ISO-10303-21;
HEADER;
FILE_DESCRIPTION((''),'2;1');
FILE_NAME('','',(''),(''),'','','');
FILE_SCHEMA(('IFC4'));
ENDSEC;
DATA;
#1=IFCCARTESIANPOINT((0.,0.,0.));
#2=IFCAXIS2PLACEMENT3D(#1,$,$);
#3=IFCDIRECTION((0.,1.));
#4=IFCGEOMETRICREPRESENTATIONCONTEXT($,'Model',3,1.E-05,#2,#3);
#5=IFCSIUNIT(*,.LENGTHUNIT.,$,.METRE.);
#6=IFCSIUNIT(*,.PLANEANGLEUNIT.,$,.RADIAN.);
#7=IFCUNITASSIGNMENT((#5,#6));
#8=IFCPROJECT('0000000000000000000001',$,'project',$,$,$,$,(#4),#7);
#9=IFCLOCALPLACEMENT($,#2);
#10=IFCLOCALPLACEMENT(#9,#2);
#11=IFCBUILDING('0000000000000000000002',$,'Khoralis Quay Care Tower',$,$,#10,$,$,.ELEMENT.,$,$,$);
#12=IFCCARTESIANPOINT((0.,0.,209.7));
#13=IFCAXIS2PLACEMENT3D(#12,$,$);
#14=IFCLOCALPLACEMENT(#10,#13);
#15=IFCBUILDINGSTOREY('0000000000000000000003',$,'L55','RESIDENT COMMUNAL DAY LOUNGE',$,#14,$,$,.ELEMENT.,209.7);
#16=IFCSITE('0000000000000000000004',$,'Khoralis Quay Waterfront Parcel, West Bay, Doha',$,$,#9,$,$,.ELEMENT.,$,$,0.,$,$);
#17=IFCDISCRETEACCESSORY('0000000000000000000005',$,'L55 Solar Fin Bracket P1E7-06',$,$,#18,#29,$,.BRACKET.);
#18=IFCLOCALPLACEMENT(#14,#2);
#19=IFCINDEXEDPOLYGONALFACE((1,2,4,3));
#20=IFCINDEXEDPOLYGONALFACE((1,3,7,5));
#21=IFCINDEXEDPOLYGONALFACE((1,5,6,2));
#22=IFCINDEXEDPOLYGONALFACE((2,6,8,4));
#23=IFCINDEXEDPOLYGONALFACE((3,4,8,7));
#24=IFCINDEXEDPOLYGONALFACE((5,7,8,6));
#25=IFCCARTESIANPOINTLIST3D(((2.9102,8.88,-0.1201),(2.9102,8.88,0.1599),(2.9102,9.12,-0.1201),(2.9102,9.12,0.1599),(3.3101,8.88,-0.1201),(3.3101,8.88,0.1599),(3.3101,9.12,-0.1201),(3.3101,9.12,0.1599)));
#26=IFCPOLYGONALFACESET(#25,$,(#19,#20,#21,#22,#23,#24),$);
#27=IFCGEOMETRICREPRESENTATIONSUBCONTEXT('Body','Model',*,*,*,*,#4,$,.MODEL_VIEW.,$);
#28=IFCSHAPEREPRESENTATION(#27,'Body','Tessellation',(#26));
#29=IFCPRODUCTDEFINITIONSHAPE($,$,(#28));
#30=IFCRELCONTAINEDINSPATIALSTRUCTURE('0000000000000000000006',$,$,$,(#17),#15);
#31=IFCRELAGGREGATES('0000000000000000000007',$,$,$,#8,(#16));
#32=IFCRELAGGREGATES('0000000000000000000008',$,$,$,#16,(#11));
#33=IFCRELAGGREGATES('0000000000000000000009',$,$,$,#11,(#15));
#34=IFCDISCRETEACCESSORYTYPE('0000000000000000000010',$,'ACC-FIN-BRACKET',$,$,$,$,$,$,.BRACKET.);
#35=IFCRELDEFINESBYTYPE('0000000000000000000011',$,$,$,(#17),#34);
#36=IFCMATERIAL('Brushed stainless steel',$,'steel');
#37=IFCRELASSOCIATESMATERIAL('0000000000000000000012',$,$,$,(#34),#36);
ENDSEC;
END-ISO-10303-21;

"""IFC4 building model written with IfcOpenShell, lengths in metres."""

from ifc_helpers import new_model, si_unit, direction, frame, origin, origin_2d, place, context, subcontext, project, spatial, rectangle, extrude, source, transform, mapped, material, type_object, element, save


model = new_model("IFC4")

# Units and contexts
model_context = context("Model", 3, precision=1e-05, world=origin(), true_north=direction((0.0, 1.0)))
body_context = subcontext(model_context, "Body", "Model", "MODEL_VIEW")
ifc_project = project(units=[si_unit("LENGTHUNIT", "METRE"), si_unit("PLANEANGLEUNIT", "RADIAN")], contexts=[model_context])

# Site, building, storey
site_placement = place(None, origin())
site = spatial("IfcSite", under=ifc_project, at=site_placement, Name="Khoralis Quay Waterfront Parcel, West Bay, Doha", CompositionType="ELEMENT", RefElevation=0.0)
building_placement = place(site_placement, origin())
building = spatial("IfcBuilding", under=site, at=building_placement, Name="Khoralis Quay Care Tower", CompositionType="ELEMENT")
storey_placement = place(building_placement, frame((0.0, 0.0, 209.7)))
storey = spatial("IfcBuildingStorey", under=building, at=storey_placement, Name="L55", Description="RESIDENT COMMUNAL DAY LOUNGE", CompositionType="ELEMENT", Elevation=209.7)

# Discrete accessory
ifc_material_1 = material(Name="Brushed stainless steel", Category="steel")
discrete_accessory_type = type_object("IfcDiscreteAccessoryType", Name="ACC-FIN-BRACKET", PredefinedType="BRACKET", material=ifc_material_1)
shared_shape_1 = source(origin(), body_context, "Body", "SweptSolid", [
    extrude(rectangle(XDim=0.3999, YDim=0.24, at=origin_2d()), origin(), (0.0, 0.0, 1.0), 0.28),
])
discrete_accessory_placement = place(storey_placement, frame((3.1101, 9.0, -0.1201), z_axis=(0.0, 0.0, 1.0), x_axis=(-1.0, 0.0, 0.0)))
element("IfcDiscreteAccessory", 1, at=discrete_accessory_placement, inside=storey, type_object=discrete_accessory_type, Name="L55 Solar Fin Bracket P1E7-06", PredefinedType="BRACKET", context=body_context, shape_type="MappedRepresentation", body=[
    mapped(shared_shape_1, transform((0.0, 0.0, 0.0), scale=1.0)),
])

save(model, "model.ifc")
